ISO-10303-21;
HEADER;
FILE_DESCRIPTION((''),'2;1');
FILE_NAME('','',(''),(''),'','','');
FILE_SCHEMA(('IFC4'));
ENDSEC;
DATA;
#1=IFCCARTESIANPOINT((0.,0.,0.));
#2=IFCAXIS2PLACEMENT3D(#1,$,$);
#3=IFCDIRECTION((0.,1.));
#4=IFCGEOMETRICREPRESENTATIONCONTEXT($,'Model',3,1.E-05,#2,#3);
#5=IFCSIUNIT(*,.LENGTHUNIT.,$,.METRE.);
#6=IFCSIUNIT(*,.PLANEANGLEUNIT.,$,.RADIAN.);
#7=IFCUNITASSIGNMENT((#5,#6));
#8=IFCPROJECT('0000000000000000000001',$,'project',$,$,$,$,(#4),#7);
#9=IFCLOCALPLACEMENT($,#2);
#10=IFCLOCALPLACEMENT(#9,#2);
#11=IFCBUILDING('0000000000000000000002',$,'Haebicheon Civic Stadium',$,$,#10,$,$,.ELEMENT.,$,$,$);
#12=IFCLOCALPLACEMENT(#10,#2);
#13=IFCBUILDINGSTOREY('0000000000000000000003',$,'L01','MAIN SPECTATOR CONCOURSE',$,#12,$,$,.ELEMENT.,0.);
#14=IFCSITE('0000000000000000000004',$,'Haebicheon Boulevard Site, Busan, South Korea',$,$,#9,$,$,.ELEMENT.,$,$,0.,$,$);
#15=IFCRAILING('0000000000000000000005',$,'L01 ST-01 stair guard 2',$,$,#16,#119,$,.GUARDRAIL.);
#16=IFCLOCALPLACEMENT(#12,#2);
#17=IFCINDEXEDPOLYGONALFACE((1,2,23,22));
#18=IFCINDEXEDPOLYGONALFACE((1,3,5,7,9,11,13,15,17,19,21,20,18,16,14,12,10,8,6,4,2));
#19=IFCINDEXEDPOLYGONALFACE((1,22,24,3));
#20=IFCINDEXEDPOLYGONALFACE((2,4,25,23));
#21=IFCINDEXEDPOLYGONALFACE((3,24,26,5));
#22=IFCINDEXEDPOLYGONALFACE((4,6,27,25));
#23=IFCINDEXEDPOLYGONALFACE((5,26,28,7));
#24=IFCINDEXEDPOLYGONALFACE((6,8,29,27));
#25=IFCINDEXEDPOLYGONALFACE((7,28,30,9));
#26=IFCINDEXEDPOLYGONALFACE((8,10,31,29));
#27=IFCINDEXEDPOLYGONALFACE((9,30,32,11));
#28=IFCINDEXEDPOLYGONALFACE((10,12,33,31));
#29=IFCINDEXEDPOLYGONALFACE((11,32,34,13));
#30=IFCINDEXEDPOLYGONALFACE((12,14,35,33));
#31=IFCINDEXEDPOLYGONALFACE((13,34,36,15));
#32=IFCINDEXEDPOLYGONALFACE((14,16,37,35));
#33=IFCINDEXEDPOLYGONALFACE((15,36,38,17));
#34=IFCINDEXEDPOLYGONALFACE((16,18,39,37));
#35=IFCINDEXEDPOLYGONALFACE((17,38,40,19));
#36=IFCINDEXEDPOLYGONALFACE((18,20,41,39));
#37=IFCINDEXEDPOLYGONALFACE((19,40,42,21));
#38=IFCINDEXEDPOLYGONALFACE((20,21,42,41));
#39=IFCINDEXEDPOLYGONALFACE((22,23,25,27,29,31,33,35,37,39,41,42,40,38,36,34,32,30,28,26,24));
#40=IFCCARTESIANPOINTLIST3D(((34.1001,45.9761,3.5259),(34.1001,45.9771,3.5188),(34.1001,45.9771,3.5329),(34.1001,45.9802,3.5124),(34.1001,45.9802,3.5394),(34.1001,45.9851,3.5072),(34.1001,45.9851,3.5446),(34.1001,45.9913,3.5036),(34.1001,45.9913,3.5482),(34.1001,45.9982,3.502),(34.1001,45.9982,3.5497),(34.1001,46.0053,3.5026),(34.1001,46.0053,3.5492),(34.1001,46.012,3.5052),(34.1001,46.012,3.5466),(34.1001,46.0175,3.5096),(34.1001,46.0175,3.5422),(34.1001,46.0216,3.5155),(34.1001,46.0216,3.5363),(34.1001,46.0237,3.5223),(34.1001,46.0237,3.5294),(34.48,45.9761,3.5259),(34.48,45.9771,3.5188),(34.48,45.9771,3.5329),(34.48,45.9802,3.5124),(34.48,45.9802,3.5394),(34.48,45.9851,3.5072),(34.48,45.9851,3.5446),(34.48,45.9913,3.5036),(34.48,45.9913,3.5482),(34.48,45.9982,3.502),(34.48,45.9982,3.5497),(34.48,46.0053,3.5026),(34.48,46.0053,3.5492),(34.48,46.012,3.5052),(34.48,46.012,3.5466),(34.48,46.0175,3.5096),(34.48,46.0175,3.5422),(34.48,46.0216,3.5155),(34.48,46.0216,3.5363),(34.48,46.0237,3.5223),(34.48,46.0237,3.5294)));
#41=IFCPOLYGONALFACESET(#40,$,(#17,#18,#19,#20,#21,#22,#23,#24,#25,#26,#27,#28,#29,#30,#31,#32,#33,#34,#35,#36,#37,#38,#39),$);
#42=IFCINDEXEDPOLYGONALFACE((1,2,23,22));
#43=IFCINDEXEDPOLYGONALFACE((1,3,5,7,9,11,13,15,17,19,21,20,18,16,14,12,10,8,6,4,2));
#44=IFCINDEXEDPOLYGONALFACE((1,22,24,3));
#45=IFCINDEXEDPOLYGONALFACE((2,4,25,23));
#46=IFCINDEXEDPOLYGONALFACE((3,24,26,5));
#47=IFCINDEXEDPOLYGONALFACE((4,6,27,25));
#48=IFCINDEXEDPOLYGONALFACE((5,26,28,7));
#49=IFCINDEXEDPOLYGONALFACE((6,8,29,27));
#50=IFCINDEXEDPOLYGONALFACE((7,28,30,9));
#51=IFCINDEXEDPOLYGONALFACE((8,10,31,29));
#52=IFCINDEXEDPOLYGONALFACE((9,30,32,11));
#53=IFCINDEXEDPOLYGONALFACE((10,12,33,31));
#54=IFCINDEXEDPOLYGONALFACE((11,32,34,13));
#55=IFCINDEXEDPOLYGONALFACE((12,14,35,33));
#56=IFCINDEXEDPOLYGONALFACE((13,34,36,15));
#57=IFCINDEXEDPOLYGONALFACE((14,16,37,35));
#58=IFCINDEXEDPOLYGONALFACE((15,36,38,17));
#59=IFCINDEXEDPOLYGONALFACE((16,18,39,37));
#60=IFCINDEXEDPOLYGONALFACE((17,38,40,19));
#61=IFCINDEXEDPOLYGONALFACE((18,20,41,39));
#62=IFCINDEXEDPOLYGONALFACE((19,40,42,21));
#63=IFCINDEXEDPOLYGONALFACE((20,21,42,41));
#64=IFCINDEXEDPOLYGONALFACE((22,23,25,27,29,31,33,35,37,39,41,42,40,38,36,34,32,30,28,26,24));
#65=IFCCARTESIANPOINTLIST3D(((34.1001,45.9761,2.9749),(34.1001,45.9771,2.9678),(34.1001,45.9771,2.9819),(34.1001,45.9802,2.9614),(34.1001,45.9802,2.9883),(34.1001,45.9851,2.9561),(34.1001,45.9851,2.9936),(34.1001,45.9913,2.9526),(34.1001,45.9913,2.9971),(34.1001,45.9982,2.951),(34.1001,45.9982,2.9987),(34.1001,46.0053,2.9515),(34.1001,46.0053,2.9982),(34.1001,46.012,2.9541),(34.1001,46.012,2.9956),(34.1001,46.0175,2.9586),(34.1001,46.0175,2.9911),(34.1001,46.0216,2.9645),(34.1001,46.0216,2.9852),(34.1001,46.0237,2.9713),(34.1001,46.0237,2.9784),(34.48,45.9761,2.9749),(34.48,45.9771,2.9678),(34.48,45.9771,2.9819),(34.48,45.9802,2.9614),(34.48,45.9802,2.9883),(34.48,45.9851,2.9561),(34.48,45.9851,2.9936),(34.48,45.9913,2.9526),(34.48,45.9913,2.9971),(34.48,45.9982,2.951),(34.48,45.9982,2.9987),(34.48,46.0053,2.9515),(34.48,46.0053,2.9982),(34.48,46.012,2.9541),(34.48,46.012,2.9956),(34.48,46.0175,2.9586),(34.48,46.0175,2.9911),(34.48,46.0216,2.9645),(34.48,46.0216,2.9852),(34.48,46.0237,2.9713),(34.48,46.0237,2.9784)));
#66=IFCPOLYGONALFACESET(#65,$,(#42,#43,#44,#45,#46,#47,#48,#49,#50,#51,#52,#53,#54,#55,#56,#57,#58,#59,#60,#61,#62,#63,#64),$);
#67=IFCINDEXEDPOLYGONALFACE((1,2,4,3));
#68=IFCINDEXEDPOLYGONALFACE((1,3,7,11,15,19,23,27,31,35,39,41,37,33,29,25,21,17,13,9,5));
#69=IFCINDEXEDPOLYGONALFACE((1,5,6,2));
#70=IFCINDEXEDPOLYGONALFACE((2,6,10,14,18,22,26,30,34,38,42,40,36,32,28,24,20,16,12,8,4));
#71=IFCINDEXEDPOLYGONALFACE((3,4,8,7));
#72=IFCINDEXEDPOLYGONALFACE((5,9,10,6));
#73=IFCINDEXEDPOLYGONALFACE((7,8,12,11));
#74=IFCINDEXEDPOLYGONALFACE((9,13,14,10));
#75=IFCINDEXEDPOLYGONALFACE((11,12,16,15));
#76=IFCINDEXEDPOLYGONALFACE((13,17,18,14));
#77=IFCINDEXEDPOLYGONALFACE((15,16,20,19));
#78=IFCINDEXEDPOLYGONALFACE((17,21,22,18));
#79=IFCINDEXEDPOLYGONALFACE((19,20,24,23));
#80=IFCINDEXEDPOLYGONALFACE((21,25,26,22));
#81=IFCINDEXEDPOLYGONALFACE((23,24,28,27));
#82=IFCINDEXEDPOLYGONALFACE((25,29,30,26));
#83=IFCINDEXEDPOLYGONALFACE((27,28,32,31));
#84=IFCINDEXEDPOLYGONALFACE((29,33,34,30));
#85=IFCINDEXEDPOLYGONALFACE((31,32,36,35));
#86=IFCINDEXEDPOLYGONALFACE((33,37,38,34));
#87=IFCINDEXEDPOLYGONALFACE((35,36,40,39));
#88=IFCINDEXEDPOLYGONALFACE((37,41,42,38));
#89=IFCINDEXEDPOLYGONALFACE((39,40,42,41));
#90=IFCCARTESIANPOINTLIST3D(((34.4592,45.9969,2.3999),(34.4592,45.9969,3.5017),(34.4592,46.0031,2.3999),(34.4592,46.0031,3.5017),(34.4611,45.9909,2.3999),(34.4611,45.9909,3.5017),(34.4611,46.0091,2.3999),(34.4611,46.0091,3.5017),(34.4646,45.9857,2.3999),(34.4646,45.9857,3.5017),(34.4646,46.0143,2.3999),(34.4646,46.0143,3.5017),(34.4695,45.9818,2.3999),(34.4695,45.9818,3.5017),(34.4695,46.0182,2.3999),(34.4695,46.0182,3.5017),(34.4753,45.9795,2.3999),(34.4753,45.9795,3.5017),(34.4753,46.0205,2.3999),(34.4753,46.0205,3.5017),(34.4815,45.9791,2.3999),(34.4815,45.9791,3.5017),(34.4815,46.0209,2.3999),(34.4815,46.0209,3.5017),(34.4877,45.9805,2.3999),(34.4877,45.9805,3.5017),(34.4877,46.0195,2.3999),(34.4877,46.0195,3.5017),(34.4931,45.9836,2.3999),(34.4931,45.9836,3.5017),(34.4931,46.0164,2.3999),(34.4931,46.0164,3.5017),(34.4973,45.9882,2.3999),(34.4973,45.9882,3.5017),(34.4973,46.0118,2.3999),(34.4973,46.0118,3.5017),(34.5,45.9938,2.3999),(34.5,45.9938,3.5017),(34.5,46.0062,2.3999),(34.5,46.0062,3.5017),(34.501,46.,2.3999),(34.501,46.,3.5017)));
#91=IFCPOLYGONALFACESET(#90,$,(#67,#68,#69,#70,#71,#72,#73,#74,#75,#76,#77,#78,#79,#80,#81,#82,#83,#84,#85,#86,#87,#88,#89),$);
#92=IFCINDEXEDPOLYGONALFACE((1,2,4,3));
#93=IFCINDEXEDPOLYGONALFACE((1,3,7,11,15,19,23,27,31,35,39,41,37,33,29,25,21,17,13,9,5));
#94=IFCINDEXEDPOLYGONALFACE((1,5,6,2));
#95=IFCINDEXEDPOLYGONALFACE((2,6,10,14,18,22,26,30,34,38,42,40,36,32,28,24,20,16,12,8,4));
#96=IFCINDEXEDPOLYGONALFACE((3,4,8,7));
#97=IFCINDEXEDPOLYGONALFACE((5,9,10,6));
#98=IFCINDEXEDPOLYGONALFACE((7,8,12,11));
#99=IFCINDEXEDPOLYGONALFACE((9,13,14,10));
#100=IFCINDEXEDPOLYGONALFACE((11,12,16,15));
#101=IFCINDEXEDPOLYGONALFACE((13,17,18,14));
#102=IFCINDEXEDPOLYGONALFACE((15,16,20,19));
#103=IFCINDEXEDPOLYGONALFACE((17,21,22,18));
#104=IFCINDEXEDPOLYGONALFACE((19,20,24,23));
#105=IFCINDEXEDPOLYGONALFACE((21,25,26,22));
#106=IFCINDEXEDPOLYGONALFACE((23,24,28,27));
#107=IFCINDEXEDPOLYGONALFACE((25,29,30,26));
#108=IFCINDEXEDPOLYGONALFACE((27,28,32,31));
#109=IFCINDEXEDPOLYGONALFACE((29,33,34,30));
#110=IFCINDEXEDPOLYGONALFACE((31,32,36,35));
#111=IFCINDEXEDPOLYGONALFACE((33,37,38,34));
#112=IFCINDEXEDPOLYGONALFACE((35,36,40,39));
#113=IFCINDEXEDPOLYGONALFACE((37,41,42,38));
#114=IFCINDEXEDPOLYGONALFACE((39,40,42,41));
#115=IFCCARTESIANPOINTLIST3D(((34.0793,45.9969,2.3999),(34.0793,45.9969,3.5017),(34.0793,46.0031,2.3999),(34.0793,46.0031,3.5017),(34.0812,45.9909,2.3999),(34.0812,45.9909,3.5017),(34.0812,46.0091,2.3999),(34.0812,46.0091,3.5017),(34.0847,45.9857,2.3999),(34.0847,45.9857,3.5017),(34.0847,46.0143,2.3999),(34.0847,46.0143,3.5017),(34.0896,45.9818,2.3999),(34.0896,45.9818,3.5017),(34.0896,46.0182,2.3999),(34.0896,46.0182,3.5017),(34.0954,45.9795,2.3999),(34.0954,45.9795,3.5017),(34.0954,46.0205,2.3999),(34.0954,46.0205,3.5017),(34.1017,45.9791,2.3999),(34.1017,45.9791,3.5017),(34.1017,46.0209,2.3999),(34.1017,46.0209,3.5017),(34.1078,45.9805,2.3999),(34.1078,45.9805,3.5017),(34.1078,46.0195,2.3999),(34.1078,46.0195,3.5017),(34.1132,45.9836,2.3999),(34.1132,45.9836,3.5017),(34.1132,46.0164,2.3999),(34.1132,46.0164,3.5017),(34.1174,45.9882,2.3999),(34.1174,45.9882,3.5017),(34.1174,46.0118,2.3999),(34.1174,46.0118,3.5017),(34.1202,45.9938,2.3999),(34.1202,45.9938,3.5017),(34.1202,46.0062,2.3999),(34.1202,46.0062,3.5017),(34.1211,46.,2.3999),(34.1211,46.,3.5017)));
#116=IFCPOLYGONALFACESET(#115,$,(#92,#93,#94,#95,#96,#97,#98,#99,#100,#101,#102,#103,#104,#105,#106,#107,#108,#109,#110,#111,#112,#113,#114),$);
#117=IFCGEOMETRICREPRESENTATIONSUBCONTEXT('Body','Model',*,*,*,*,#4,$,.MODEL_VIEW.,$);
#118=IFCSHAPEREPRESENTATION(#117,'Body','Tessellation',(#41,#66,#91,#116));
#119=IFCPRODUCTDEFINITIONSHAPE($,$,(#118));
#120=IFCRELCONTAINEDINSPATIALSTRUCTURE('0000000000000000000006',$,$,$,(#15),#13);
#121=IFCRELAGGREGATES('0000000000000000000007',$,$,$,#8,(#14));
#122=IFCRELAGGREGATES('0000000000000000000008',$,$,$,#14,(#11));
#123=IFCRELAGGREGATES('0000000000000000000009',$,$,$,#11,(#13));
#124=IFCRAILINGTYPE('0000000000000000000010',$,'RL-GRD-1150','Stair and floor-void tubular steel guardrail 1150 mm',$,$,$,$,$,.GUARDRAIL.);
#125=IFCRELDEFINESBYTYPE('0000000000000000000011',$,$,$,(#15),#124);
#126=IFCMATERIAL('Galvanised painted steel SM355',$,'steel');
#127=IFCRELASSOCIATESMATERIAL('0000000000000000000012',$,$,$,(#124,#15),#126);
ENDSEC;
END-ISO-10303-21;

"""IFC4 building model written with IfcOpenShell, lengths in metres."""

from ifc_helpers import new_model, si_unit, direction, frame, origin, origin_2d, place, context, subcontext, project, spatial, circle, extrude, material, type_object, element, save


model = new_model("IFC4")

# Units and contexts
model_context = context("Model", 3, precision=1e-05, world=origin(), true_north=direction((0.0, 1.0)))
body_context = subcontext(model_context, "Body", "Model", "MODEL_VIEW")
ifc_project = project(units=[si_unit("LENGTHUNIT", "METRE"), si_unit("PLANEANGLEUNIT", "RADIAN")], contexts=[model_context])

# Site, building, storey
site_placement = place(None, origin())
site = spatial("IfcSite", under=ifc_project, at=site_placement, Name="Haebicheon Boulevard Site, Busan, South Korea", CompositionType="ELEMENT", RefElevation=0.0)
building_placement = place(site_placement, origin())
building = spatial("IfcBuilding", under=site, at=building_placement, Name="Haebicheon Civic Stadium", CompositionType="ELEMENT")
storey_placement = place(building_placement, origin())
storey = spatial("IfcBuildingStorey", under=building, at=storey_placement, Name="L01", Description="MAIN SPECTATOR CONCOURSE", CompositionType="ELEMENT", Elevation=0.0)

# Railing
ifc_material_1 = material(Name="Galvanised painted steel SM355", Category="steel")
railing_type_1 = type_object("IfcRailingType", Name="RL-GRD-1150", Description="Stair and floor-void tubular steel guardrail 1150 mm", PredefinedType="GUARDRAIL", material=ifc_material_1)
railing_1_placement = place(storey_placement, frame((34.48, 46.0, 2.3999)))
element("IfcRailing", 1, at=railing_1_placement, inside=storey, type_object=railing_type_1, material=ifc_material_1, Name="L01 ST-01 stair guard 2", PredefinedType="GUARDRAIL", context=body_context, shape_type="SweptSolid", body=[
    extrude(circle(Radius=0.0239, at=origin_2d()), frame((0.0, 0.0, 1.126), z_axis=(-1.0, 0.0, 0.0), x_axis=(0.0, -1.0, 0.0)), (0.0, 0.0, 1.0), 0.3799),
    extrude(circle(Radius=0.0239, at=origin_2d()), frame((0.0, 0.0, 0.575), z_axis=(-1.0, 0.0, 0.0), x_axis=(0.0, -1.0, 0.0)), (0.0, 0.0, 1.0), 0.3799),
    extrude(circle(Radius=0.021, at=origin_2d()), origin(), (0.0, 0.0, 1.0), 1.1018),
    extrude(circle(Radius=0.021, at=origin_2d()), frame((-0.3799, 0.0, 0.0)), (0.0, 0.0, 1.0), 1.1018),
])

save(model, "model.ifc")
